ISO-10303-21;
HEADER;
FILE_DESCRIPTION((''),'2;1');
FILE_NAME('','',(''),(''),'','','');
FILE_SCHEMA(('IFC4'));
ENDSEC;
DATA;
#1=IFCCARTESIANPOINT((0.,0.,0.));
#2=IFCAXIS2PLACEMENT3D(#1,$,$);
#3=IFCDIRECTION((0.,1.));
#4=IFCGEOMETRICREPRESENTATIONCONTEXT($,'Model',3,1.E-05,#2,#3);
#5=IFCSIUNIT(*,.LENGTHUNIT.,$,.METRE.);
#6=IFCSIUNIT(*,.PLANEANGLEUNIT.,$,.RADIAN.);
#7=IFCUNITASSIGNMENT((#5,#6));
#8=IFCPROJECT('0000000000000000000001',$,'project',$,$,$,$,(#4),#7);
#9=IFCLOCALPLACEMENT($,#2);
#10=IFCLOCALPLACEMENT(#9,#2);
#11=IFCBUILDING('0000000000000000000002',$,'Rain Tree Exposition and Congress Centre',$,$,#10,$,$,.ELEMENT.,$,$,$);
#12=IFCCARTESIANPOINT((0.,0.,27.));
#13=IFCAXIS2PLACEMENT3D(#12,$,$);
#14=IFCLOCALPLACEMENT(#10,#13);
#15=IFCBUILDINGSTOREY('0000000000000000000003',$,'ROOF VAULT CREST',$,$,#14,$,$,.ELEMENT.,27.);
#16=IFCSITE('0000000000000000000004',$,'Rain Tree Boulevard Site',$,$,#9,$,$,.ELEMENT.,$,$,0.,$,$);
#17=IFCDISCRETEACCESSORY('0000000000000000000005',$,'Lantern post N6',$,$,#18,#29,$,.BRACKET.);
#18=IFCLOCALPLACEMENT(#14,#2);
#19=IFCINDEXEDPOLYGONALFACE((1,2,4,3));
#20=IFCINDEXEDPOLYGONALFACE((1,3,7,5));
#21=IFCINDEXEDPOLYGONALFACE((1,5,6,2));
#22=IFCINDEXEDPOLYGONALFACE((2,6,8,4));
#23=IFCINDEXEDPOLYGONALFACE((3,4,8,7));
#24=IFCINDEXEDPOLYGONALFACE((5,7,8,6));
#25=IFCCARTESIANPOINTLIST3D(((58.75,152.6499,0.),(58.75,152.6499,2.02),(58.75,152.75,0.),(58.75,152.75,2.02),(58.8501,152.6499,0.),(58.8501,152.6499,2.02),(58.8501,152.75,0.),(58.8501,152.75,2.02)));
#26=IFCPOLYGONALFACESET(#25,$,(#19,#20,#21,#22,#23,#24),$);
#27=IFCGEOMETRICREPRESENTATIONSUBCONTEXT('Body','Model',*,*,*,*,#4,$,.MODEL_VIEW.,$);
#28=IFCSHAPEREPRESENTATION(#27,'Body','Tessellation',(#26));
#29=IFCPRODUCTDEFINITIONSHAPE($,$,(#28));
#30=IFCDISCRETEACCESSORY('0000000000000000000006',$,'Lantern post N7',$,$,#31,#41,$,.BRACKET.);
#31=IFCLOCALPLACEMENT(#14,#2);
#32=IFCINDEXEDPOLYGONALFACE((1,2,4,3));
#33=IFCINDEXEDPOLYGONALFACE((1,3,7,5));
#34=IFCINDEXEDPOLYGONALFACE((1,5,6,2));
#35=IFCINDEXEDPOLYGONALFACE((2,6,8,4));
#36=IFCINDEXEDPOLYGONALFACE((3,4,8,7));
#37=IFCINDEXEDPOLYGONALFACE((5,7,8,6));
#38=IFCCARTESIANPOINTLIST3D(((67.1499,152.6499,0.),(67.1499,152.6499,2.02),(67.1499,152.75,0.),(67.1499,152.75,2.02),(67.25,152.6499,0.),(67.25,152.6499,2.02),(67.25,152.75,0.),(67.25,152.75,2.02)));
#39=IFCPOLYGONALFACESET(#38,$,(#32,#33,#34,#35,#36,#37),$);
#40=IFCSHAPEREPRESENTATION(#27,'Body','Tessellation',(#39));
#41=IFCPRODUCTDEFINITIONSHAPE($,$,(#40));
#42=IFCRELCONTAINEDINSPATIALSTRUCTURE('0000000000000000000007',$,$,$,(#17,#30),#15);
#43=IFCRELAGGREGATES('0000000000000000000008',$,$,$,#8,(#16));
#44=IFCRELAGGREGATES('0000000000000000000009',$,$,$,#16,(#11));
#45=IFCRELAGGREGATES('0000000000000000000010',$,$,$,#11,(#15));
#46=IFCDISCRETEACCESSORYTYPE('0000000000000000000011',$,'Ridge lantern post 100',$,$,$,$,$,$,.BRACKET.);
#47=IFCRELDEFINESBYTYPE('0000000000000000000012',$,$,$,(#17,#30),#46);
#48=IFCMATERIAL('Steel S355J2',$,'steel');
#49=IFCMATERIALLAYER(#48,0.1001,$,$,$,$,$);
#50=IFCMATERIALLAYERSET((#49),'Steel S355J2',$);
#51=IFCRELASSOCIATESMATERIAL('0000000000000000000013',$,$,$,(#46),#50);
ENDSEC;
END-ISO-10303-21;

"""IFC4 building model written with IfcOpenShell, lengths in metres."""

from ifc_helpers import new_model, si_unit, direction, frame, origin, origin_2d, place, context, subcontext, project, spatial, rectangle, extrude, material, layer, layer_set, type_object, element, save


model = new_model("IFC4")

# Units and contexts
model_context = context("Model", 3, precision=1e-05, world=origin(), true_north=direction((0.0, 1.0)))
body_context = subcontext(model_context, "Body", "Model", "MODEL_VIEW")
ifc_project = project(units=[si_unit("LENGTHUNIT", "METRE"), si_unit("PLANEANGLEUNIT", "RADIAN")], contexts=[model_context])

# Site, building, storey
site_placement = place(None, origin())
site = spatial("IfcSite", under=ifc_project, at=site_placement, Name="Rain Tree Boulevard Site", CompositionType="ELEMENT", RefElevation=0.0)
building_placement = place(site_placement, origin())
building = spatial("IfcBuilding", under=site, at=building_placement, Name="Rain Tree Exposition and Congress Centre", CompositionType="ELEMENT")
storey_placement = place(building_placement, frame((0.0, 0.0, 27.0)))
storey = spatial("IfcBuildingStorey", under=building, at=storey_placement, Name="ROOF VAULT CREST", CompositionType="ELEMENT", Elevation=27.0)

# Discrete accessories
ifc_material_1 = material(Name="Steel S355J2", Category="steel")
ifc_layer_1 = layer(ifc_material_1, 0.1001)
ifc_layer_set_1 = layer_set([ifc_layer_1], Name="Steel S355J2")
discrete_accessory_type = type_object("IfcDiscreteAccessoryType", Name="Ridge lantern post 100", PredefinedType="BRACKET", material=ifc_layer_set_1)
for number, where, z_axis, x_axis, name in (
    (1, (58.8, 152.7, 0.0), (0.0, 0.0, 1.0), (1.0, 0.0, 0.0), "Lantern post N6"),
    (2, (67.2, 152.7, 0.0), (0.0, 0.0, 1.0), (1.0, 0.0, 0.0), "Lantern post N7"),
):
    element("IfcDiscreteAccessory", number, at=place(storey_placement, frame(where, z_axis=z_axis, x_axis=x_axis)), inside=storey, type_object=discrete_accessory_type, Name=name, PredefinedType="BRACKET", context=body_context, shape_type="SweptSolid", body=[
        extrude(rectangle(XDim=0.1001, YDim=0.1001, at=origin_2d()), origin(), (0.0, 0.0, 1.0), 2.02),
    ])

save(model, "model.ifc")
